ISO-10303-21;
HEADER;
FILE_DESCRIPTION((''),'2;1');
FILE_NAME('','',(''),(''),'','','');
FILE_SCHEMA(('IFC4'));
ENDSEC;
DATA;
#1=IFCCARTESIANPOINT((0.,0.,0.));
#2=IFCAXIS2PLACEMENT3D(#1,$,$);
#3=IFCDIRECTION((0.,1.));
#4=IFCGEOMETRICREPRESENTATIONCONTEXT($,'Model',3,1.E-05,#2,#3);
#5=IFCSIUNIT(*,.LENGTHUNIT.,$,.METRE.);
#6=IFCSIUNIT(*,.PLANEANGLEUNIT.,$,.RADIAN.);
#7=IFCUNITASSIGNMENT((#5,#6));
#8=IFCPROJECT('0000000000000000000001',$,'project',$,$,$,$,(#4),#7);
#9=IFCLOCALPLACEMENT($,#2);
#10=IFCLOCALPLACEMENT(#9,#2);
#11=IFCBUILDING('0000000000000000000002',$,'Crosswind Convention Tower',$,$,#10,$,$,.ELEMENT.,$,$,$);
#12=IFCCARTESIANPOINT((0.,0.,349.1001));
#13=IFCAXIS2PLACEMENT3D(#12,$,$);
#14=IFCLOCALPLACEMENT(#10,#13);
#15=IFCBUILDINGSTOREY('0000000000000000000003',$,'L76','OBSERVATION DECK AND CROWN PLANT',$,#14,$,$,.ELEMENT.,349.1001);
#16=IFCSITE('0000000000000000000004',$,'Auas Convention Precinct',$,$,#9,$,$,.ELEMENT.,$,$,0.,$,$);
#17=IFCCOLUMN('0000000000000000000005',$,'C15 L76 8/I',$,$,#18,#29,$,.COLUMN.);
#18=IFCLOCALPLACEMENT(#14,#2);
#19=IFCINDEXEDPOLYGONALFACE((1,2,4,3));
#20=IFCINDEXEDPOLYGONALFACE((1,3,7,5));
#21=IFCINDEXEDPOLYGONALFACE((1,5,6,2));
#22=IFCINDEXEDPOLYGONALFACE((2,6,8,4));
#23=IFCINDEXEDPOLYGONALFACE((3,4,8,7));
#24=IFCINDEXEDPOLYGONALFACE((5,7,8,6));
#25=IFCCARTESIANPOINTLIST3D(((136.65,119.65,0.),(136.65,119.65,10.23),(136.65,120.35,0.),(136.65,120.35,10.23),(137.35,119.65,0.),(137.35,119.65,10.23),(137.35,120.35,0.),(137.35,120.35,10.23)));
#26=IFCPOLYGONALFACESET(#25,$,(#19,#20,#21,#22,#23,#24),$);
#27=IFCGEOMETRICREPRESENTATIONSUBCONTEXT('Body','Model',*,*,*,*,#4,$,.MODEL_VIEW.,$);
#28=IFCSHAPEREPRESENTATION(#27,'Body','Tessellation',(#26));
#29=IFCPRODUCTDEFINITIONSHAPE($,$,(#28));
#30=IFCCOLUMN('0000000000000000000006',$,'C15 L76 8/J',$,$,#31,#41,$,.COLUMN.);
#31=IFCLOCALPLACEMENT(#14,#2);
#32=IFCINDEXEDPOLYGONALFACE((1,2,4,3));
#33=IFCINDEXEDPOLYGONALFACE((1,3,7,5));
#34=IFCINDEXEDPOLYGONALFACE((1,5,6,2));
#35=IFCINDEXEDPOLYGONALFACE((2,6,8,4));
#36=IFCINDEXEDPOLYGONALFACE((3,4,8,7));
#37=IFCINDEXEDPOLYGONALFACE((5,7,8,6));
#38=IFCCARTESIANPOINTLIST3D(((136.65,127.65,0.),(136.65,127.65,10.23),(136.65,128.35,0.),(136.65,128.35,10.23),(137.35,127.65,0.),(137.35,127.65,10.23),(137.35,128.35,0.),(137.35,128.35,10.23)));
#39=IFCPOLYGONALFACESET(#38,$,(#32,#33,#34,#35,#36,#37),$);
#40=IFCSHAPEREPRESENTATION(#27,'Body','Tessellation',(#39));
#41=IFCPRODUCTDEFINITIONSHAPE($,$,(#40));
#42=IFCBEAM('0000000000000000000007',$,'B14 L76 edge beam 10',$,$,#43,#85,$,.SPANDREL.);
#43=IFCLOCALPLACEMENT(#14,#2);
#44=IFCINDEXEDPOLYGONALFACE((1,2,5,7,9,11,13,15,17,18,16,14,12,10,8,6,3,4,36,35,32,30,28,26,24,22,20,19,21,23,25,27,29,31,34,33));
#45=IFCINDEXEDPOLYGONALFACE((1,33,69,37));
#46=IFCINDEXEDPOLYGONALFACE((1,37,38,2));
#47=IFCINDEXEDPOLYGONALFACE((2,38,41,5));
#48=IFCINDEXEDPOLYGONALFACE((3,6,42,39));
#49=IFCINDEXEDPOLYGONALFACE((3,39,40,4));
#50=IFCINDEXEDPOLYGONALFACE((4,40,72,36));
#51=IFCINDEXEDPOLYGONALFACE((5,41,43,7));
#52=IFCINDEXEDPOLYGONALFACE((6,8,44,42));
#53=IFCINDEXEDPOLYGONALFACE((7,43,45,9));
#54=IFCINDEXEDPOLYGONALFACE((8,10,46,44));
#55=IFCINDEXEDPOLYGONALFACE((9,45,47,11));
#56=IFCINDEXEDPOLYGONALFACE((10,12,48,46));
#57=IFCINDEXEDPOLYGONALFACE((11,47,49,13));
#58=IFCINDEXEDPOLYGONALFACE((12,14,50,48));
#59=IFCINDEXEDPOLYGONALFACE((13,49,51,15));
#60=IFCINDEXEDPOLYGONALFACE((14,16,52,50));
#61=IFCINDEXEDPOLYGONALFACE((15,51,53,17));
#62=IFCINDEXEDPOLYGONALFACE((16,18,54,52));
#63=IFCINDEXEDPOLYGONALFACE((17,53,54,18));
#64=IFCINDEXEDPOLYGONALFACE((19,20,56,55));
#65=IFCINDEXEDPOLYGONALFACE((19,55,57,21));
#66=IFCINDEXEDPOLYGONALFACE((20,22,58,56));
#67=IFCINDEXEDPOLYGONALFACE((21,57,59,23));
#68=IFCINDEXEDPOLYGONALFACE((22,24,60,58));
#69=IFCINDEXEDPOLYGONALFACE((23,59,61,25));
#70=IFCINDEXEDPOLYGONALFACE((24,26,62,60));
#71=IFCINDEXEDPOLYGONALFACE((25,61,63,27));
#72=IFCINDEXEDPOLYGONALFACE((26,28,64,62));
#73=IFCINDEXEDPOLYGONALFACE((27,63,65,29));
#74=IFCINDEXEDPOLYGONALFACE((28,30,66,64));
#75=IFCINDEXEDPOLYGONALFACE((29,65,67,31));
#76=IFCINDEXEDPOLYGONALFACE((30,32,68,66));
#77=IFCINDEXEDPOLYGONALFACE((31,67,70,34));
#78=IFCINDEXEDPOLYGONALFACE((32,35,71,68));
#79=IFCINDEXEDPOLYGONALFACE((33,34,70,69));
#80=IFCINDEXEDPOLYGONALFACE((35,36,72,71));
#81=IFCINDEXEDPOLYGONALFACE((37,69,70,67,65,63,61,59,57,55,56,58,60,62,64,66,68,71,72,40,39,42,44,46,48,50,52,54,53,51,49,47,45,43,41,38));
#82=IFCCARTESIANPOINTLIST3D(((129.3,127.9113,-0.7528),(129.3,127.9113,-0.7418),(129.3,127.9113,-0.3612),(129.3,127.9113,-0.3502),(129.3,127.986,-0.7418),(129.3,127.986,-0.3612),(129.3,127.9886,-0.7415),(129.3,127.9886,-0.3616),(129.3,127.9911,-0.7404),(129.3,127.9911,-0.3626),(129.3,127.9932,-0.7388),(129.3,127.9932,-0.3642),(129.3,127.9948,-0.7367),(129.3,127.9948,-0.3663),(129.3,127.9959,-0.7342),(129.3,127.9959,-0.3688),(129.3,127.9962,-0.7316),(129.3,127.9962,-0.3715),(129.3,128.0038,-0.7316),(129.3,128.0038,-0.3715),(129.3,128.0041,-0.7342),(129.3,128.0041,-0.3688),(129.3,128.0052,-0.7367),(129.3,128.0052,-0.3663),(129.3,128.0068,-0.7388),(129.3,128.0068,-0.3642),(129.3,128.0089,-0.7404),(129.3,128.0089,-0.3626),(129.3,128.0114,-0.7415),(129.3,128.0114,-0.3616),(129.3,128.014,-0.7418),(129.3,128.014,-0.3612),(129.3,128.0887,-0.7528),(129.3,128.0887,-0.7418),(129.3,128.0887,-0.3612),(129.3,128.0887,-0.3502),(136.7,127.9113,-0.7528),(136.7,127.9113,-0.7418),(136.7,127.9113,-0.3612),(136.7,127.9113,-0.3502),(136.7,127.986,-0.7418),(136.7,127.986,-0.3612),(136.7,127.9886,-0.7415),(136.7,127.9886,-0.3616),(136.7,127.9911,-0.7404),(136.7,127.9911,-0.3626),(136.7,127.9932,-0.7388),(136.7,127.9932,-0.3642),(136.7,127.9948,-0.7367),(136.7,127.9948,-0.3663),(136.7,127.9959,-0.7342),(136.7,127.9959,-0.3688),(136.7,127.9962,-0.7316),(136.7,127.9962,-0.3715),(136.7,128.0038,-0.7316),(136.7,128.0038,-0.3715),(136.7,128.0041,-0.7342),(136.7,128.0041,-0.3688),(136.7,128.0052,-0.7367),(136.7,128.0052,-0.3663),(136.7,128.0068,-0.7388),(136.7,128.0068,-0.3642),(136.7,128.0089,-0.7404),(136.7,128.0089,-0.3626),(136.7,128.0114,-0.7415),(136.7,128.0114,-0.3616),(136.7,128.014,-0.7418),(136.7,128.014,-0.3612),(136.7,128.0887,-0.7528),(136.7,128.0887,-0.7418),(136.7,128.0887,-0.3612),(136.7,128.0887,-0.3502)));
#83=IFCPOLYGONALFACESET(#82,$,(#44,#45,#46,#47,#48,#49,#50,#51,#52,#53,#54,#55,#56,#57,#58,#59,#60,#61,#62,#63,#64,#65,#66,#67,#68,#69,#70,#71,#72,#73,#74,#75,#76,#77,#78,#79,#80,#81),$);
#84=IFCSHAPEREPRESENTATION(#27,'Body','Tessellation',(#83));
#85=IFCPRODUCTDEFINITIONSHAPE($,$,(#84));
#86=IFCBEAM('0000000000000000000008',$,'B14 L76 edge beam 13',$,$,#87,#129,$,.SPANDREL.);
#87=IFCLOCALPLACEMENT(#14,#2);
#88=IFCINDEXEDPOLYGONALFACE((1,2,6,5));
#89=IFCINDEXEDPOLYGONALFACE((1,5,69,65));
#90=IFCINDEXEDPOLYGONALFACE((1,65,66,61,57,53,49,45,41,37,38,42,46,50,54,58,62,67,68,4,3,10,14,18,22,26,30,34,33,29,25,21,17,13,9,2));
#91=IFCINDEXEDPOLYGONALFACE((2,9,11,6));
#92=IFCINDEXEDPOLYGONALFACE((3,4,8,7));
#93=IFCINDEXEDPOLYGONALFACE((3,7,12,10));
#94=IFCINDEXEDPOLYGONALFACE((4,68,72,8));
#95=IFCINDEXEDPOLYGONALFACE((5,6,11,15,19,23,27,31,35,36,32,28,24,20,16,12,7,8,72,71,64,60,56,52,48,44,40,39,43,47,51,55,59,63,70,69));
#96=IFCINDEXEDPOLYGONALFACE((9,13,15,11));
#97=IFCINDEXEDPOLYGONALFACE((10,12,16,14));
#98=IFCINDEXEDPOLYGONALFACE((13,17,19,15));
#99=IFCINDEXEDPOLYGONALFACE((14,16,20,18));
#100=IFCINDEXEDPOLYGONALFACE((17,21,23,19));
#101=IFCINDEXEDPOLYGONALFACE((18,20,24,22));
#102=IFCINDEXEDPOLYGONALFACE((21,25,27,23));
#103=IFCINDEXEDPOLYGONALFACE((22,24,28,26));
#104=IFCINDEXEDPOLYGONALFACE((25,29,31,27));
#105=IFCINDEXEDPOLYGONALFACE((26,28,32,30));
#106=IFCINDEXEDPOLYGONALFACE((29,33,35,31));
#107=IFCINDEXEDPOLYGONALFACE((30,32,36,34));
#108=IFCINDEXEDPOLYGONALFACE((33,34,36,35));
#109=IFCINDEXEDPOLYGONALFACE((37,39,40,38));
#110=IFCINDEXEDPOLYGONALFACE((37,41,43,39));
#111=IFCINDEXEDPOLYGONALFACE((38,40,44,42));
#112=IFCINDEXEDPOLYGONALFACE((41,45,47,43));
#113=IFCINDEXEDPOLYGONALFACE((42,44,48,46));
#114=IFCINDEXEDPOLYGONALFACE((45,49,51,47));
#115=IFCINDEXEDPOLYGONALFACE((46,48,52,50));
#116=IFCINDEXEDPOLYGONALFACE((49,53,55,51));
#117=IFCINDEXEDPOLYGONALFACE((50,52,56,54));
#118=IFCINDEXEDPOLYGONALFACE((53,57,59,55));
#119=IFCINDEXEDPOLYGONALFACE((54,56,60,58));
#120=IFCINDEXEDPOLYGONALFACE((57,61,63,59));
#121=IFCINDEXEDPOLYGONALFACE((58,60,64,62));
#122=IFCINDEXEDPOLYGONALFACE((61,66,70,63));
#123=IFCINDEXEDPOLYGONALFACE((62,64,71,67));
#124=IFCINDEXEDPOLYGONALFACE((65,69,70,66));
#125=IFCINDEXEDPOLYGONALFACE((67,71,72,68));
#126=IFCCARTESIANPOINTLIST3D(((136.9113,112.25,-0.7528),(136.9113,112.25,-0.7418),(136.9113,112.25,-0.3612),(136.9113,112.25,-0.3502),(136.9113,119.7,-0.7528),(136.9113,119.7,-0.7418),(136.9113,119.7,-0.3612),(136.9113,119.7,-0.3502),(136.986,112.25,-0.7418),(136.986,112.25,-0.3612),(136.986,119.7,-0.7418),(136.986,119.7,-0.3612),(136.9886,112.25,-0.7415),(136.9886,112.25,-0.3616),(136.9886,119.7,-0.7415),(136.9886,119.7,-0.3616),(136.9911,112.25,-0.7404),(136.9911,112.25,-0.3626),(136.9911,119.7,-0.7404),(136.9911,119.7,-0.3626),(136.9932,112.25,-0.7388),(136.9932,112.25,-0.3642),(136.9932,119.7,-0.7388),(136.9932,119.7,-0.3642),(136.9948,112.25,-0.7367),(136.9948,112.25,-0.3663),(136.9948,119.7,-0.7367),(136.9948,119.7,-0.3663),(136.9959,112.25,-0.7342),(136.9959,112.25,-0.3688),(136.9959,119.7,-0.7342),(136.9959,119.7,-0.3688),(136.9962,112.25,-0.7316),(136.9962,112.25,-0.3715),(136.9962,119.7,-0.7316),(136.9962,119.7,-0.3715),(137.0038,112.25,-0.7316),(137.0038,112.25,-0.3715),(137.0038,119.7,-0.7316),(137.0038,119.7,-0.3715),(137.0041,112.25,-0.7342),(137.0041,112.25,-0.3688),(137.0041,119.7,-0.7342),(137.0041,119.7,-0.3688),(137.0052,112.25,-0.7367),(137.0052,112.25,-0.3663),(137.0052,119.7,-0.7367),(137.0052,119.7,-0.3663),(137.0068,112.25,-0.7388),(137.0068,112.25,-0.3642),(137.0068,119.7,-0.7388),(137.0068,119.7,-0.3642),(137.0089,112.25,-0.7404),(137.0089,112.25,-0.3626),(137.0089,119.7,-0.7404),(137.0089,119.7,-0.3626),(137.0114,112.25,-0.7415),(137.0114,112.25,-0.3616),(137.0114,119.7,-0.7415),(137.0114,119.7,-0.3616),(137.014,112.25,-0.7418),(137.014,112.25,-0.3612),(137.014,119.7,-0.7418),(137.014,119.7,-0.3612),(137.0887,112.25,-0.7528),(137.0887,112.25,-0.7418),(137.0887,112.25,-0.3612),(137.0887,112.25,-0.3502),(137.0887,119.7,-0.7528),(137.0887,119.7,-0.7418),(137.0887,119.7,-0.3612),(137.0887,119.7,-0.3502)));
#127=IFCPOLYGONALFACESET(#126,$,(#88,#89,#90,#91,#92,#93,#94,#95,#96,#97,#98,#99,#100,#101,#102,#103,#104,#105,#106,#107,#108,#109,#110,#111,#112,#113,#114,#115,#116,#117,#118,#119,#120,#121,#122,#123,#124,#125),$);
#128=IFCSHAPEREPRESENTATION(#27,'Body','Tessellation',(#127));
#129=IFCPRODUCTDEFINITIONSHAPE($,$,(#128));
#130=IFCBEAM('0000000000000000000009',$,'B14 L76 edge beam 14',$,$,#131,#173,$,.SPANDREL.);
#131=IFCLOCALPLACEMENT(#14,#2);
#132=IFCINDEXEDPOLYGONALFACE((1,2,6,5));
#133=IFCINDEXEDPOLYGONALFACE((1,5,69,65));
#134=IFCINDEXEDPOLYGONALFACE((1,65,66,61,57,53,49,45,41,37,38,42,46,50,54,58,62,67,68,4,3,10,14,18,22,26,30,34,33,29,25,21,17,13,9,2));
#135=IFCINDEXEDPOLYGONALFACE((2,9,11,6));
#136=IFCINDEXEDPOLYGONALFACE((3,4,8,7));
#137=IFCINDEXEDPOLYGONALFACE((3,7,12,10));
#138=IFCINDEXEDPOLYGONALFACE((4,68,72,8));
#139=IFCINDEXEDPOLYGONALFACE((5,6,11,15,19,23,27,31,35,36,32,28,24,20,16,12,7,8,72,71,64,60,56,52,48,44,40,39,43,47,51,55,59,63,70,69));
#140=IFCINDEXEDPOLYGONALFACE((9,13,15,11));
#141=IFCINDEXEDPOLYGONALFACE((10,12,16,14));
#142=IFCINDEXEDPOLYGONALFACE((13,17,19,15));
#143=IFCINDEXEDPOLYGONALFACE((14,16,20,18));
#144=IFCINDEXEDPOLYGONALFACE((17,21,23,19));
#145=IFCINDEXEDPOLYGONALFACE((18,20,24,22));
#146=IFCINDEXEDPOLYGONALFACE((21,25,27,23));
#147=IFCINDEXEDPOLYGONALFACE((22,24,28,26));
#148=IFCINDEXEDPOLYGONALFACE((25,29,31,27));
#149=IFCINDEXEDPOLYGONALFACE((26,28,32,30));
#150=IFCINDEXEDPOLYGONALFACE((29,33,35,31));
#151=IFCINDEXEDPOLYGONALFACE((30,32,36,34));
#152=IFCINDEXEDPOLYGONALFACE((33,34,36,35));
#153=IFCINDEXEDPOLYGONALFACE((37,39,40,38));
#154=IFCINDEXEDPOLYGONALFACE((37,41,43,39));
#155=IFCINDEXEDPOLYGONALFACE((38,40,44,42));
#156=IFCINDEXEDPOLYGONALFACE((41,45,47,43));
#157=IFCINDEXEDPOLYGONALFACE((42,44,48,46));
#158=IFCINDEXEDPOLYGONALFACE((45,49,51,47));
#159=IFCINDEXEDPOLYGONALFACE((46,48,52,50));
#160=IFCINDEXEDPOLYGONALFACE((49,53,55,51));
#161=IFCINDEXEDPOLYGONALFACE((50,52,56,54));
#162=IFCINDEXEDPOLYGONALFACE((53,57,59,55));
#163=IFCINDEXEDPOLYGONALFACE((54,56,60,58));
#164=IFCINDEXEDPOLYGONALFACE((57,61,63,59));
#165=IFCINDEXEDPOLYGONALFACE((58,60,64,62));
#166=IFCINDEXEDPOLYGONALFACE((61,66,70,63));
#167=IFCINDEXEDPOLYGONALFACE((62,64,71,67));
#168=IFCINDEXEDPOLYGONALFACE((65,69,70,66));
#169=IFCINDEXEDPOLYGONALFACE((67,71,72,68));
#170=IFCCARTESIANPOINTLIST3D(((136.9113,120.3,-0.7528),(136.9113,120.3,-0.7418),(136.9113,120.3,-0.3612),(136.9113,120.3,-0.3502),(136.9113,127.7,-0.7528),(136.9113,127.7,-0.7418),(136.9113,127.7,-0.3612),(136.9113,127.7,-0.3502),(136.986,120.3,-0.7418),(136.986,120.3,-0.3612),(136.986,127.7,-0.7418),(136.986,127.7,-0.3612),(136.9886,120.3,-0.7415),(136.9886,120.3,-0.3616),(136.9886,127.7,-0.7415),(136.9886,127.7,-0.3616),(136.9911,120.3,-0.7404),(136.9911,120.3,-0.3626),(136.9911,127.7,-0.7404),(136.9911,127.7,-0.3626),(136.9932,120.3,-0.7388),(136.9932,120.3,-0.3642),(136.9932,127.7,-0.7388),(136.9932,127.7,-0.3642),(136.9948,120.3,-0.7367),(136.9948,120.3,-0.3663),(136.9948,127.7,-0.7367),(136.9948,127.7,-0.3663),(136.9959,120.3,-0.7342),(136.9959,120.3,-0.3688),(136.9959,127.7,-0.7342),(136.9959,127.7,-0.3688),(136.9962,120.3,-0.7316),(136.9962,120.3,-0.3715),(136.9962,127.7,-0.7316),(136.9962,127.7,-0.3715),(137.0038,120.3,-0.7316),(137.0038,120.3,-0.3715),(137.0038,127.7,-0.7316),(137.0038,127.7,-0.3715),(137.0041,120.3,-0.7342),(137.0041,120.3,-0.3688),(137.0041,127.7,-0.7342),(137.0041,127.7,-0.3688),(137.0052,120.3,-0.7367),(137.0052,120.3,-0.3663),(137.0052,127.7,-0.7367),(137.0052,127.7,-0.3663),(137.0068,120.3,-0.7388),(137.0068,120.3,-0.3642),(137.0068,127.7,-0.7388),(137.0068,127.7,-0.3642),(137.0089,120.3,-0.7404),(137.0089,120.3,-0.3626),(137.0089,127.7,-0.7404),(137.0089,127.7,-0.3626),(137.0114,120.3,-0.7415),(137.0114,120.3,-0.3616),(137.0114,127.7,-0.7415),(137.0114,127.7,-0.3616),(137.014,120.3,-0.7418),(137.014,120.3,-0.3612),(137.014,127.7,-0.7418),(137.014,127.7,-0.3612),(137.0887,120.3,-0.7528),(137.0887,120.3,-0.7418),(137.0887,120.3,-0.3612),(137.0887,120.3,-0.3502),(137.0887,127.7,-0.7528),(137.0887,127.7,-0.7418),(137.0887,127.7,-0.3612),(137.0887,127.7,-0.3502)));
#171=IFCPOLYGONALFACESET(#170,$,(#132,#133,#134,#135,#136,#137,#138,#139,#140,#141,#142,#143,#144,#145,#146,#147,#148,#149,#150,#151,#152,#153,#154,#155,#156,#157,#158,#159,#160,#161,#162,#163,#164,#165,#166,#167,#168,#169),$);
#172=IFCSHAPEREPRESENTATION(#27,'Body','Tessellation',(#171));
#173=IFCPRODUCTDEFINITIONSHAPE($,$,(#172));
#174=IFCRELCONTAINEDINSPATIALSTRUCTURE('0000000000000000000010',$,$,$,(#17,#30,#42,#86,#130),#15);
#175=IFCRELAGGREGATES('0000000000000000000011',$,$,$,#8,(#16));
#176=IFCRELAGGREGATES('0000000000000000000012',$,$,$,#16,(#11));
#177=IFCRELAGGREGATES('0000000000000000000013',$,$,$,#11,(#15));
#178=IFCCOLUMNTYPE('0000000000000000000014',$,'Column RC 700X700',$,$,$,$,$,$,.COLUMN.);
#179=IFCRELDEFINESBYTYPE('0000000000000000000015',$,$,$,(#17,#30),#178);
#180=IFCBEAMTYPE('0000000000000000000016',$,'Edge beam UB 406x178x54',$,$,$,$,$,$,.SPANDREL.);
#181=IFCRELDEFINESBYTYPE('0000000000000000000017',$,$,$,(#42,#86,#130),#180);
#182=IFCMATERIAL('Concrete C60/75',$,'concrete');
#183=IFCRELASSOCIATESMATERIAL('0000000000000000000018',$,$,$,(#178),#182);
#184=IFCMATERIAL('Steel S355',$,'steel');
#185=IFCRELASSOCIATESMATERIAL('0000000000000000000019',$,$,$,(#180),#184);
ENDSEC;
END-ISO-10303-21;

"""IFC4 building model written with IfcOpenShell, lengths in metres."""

from ifc_helpers import new_model, si_unit, direction, frame, origin, origin_2d, place, context, subcontext, project, spatial, rectangle, i_section, extrude, material, material_profile, profile_set, type_object, element, save


model = new_model("IFC4")

# Units and contexts
model_context = context("Model", 3, precision=1e-05, world=origin(), true_north=direction((0.0, 1.0)))
body_context = subcontext(model_context, "Body", "Model", "MODEL_VIEW")
ifc_project = project(units=[si_unit("LENGTHUNIT", "METRE"), si_unit("PLANEANGLEUNIT", "RADIAN")], contexts=[model_context])

# Site, building, storey
site_placement = place(None, origin())
site = spatial("IfcSite", under=ifc_project, at=site_placement, Name="Auas Convention Precinct", CompositionType="ELEMENT", RefElevation=0.0)
building_placement = place(site_placement, origin())
building = spatial("IfcBuilding", under=site, at=building_placement, Name="Crosswind Convention Tower", CompositionType="ELEMENT")
storey_placement = place(building_placement, frame((0.0, 0.0, 349.1001)))
storey = spatial("IfcBuildingStorey", under=building, at=storey_placement, Name="L76", Description="OBSERVATION DECK AND CROWN PLANT", CompositionType="ELEMENT", Elevation=349.1001)

# Columns
ifc_material_1 = material(Name="Concrete C60/75", Category="concrete")
ifc_material_profile_1 = material_profile(ifc_material_1, rectangle(XDim=0.7, YDim=0.7, at=origin_2d()), Name="RC 700X700")
ifc_profile_set_1 = profile_set([ifc_material_profile_1], Name="Concrete C60/75")
column_type = type_object("IfcColumnType", Name="Column RC 700X700", PredefinedType="COLUMN", material=ifc_profile_set_1)
for number, where, z_axis, x_axis, name in (
    (1, (137.0, 120.0, 0.0), (0.0, 0.0, 1.0), (1.0, 0.0, 0.0), "C15 L76 8/I"),
    (2, (137.0, 128.0, 0.0), (0.0, 0.0, 1.0), (1.0, 0.0, 0.0), "C15 L76 8/J"),
):
    element("IfcColumn", number, at=place(storey_placement, frame(where, z_axis=z_axis, x_axis=x_axis)), inside=storey, type_object=column_type, Name=name, PredefinedType="COLUMN", context=body_context, shape_type="SweptSolid", body=[
        extrude(rectangle(XDim=0.7, YDim=0.7, at=origin_2d()), origin(), (0.0, 0.0, 1.0), 10.23),
    ])

# Beams
ifc_material_2 = material(Name="Steel S355", Category="steel")
ifc_material_profile_2 = material_profile(ifc_material_2, i_section(OverallWidth=0.1775, OverallDepth=0.4026, WebThickness=0.0076, FlangeThickness=0.011, FilletRadius=0.0103, at=origin_2d()), Name="UB 406x178x54")
ifc_profile_set_2 = profile_set([ifc_material_profile_2], Name="Steel S355")
beam_type_1 = type_object("IfcBeamType", Name="Edge beam UB 406x178x54", PredefinedType="SPANDREL", material=ifc_profile_set_2)
beam_1_placement = place(storey_placement, frame((129.3, 128.0, -0.5515), z_axis=(1.0, 0.0, 0.0), x_axis=(0.0, 1.0, 0.0)))
element("IfcBeam", 3, at=beam_1_placement, inside=storey, type_object=beam_type_1, Name="B14 L76 edge beam 10", PredefinedType="SPANDREL", context=body_context, shape_type="SweptSolid", body=[
    extrude(i_section(OverallWidth=0.1775, OverallDepth=0.4026, WebThickness=0.0076, FlangeThickness=0.011, FilletRadius=0.0103, at=origin_2d()), origin(), (0.0, 0.0, 1.0), 7.3999),
])
beam_2_placement = place(storey_placement, frame((137.0, 112.25, -0.5515), z_axis=(0.0, 1.0, 0.0), x_axis=(-1.0, 0.0, 0.0)))
element("IfcBeam", 4, at=beam_2_placement, inside=storey, type_object=beam_type_1, Name="B14 L76 edge beam 13", PredefinedType="SPANDREL", context=body_context, shape_type="SweptSolid", body=[
    extrude(i_section(OverallWidth=0.1775, OverallDepth=0.4026, WebThickness=0.0076, FlangeThickness=0.011, FilletRadius=0.0103, at=origin_2d()), origin(), (0.0, 0.0, 1.0), 7.45),
])
beam_3_placement = place(storey_placement, frame((137.0, 120.3, -0.5515), z_axis=(0.0, 1.0, 0.0), x_axis=(-1.0, 0.0, 0.0)))
element("IfcBeam", 5, at=beam_3_placement, inside=storey, type_object=beam_type_1, Name="B14 L76 edge beam 14", PredefinedType="SPANDREL", context=body_context, shape_type="SweptSolid", body=[
    extrude(i_section(OverallWidth=0.1775, OverallDepth=0.4026, WebThickness=0.0076, FlangeThickness=0.011, FilletRadius=0.0103, at=origin_2d()), origin(), (0.0, 0.0, 1.0), 7.3999),
])

save(model, "model.ifc")
